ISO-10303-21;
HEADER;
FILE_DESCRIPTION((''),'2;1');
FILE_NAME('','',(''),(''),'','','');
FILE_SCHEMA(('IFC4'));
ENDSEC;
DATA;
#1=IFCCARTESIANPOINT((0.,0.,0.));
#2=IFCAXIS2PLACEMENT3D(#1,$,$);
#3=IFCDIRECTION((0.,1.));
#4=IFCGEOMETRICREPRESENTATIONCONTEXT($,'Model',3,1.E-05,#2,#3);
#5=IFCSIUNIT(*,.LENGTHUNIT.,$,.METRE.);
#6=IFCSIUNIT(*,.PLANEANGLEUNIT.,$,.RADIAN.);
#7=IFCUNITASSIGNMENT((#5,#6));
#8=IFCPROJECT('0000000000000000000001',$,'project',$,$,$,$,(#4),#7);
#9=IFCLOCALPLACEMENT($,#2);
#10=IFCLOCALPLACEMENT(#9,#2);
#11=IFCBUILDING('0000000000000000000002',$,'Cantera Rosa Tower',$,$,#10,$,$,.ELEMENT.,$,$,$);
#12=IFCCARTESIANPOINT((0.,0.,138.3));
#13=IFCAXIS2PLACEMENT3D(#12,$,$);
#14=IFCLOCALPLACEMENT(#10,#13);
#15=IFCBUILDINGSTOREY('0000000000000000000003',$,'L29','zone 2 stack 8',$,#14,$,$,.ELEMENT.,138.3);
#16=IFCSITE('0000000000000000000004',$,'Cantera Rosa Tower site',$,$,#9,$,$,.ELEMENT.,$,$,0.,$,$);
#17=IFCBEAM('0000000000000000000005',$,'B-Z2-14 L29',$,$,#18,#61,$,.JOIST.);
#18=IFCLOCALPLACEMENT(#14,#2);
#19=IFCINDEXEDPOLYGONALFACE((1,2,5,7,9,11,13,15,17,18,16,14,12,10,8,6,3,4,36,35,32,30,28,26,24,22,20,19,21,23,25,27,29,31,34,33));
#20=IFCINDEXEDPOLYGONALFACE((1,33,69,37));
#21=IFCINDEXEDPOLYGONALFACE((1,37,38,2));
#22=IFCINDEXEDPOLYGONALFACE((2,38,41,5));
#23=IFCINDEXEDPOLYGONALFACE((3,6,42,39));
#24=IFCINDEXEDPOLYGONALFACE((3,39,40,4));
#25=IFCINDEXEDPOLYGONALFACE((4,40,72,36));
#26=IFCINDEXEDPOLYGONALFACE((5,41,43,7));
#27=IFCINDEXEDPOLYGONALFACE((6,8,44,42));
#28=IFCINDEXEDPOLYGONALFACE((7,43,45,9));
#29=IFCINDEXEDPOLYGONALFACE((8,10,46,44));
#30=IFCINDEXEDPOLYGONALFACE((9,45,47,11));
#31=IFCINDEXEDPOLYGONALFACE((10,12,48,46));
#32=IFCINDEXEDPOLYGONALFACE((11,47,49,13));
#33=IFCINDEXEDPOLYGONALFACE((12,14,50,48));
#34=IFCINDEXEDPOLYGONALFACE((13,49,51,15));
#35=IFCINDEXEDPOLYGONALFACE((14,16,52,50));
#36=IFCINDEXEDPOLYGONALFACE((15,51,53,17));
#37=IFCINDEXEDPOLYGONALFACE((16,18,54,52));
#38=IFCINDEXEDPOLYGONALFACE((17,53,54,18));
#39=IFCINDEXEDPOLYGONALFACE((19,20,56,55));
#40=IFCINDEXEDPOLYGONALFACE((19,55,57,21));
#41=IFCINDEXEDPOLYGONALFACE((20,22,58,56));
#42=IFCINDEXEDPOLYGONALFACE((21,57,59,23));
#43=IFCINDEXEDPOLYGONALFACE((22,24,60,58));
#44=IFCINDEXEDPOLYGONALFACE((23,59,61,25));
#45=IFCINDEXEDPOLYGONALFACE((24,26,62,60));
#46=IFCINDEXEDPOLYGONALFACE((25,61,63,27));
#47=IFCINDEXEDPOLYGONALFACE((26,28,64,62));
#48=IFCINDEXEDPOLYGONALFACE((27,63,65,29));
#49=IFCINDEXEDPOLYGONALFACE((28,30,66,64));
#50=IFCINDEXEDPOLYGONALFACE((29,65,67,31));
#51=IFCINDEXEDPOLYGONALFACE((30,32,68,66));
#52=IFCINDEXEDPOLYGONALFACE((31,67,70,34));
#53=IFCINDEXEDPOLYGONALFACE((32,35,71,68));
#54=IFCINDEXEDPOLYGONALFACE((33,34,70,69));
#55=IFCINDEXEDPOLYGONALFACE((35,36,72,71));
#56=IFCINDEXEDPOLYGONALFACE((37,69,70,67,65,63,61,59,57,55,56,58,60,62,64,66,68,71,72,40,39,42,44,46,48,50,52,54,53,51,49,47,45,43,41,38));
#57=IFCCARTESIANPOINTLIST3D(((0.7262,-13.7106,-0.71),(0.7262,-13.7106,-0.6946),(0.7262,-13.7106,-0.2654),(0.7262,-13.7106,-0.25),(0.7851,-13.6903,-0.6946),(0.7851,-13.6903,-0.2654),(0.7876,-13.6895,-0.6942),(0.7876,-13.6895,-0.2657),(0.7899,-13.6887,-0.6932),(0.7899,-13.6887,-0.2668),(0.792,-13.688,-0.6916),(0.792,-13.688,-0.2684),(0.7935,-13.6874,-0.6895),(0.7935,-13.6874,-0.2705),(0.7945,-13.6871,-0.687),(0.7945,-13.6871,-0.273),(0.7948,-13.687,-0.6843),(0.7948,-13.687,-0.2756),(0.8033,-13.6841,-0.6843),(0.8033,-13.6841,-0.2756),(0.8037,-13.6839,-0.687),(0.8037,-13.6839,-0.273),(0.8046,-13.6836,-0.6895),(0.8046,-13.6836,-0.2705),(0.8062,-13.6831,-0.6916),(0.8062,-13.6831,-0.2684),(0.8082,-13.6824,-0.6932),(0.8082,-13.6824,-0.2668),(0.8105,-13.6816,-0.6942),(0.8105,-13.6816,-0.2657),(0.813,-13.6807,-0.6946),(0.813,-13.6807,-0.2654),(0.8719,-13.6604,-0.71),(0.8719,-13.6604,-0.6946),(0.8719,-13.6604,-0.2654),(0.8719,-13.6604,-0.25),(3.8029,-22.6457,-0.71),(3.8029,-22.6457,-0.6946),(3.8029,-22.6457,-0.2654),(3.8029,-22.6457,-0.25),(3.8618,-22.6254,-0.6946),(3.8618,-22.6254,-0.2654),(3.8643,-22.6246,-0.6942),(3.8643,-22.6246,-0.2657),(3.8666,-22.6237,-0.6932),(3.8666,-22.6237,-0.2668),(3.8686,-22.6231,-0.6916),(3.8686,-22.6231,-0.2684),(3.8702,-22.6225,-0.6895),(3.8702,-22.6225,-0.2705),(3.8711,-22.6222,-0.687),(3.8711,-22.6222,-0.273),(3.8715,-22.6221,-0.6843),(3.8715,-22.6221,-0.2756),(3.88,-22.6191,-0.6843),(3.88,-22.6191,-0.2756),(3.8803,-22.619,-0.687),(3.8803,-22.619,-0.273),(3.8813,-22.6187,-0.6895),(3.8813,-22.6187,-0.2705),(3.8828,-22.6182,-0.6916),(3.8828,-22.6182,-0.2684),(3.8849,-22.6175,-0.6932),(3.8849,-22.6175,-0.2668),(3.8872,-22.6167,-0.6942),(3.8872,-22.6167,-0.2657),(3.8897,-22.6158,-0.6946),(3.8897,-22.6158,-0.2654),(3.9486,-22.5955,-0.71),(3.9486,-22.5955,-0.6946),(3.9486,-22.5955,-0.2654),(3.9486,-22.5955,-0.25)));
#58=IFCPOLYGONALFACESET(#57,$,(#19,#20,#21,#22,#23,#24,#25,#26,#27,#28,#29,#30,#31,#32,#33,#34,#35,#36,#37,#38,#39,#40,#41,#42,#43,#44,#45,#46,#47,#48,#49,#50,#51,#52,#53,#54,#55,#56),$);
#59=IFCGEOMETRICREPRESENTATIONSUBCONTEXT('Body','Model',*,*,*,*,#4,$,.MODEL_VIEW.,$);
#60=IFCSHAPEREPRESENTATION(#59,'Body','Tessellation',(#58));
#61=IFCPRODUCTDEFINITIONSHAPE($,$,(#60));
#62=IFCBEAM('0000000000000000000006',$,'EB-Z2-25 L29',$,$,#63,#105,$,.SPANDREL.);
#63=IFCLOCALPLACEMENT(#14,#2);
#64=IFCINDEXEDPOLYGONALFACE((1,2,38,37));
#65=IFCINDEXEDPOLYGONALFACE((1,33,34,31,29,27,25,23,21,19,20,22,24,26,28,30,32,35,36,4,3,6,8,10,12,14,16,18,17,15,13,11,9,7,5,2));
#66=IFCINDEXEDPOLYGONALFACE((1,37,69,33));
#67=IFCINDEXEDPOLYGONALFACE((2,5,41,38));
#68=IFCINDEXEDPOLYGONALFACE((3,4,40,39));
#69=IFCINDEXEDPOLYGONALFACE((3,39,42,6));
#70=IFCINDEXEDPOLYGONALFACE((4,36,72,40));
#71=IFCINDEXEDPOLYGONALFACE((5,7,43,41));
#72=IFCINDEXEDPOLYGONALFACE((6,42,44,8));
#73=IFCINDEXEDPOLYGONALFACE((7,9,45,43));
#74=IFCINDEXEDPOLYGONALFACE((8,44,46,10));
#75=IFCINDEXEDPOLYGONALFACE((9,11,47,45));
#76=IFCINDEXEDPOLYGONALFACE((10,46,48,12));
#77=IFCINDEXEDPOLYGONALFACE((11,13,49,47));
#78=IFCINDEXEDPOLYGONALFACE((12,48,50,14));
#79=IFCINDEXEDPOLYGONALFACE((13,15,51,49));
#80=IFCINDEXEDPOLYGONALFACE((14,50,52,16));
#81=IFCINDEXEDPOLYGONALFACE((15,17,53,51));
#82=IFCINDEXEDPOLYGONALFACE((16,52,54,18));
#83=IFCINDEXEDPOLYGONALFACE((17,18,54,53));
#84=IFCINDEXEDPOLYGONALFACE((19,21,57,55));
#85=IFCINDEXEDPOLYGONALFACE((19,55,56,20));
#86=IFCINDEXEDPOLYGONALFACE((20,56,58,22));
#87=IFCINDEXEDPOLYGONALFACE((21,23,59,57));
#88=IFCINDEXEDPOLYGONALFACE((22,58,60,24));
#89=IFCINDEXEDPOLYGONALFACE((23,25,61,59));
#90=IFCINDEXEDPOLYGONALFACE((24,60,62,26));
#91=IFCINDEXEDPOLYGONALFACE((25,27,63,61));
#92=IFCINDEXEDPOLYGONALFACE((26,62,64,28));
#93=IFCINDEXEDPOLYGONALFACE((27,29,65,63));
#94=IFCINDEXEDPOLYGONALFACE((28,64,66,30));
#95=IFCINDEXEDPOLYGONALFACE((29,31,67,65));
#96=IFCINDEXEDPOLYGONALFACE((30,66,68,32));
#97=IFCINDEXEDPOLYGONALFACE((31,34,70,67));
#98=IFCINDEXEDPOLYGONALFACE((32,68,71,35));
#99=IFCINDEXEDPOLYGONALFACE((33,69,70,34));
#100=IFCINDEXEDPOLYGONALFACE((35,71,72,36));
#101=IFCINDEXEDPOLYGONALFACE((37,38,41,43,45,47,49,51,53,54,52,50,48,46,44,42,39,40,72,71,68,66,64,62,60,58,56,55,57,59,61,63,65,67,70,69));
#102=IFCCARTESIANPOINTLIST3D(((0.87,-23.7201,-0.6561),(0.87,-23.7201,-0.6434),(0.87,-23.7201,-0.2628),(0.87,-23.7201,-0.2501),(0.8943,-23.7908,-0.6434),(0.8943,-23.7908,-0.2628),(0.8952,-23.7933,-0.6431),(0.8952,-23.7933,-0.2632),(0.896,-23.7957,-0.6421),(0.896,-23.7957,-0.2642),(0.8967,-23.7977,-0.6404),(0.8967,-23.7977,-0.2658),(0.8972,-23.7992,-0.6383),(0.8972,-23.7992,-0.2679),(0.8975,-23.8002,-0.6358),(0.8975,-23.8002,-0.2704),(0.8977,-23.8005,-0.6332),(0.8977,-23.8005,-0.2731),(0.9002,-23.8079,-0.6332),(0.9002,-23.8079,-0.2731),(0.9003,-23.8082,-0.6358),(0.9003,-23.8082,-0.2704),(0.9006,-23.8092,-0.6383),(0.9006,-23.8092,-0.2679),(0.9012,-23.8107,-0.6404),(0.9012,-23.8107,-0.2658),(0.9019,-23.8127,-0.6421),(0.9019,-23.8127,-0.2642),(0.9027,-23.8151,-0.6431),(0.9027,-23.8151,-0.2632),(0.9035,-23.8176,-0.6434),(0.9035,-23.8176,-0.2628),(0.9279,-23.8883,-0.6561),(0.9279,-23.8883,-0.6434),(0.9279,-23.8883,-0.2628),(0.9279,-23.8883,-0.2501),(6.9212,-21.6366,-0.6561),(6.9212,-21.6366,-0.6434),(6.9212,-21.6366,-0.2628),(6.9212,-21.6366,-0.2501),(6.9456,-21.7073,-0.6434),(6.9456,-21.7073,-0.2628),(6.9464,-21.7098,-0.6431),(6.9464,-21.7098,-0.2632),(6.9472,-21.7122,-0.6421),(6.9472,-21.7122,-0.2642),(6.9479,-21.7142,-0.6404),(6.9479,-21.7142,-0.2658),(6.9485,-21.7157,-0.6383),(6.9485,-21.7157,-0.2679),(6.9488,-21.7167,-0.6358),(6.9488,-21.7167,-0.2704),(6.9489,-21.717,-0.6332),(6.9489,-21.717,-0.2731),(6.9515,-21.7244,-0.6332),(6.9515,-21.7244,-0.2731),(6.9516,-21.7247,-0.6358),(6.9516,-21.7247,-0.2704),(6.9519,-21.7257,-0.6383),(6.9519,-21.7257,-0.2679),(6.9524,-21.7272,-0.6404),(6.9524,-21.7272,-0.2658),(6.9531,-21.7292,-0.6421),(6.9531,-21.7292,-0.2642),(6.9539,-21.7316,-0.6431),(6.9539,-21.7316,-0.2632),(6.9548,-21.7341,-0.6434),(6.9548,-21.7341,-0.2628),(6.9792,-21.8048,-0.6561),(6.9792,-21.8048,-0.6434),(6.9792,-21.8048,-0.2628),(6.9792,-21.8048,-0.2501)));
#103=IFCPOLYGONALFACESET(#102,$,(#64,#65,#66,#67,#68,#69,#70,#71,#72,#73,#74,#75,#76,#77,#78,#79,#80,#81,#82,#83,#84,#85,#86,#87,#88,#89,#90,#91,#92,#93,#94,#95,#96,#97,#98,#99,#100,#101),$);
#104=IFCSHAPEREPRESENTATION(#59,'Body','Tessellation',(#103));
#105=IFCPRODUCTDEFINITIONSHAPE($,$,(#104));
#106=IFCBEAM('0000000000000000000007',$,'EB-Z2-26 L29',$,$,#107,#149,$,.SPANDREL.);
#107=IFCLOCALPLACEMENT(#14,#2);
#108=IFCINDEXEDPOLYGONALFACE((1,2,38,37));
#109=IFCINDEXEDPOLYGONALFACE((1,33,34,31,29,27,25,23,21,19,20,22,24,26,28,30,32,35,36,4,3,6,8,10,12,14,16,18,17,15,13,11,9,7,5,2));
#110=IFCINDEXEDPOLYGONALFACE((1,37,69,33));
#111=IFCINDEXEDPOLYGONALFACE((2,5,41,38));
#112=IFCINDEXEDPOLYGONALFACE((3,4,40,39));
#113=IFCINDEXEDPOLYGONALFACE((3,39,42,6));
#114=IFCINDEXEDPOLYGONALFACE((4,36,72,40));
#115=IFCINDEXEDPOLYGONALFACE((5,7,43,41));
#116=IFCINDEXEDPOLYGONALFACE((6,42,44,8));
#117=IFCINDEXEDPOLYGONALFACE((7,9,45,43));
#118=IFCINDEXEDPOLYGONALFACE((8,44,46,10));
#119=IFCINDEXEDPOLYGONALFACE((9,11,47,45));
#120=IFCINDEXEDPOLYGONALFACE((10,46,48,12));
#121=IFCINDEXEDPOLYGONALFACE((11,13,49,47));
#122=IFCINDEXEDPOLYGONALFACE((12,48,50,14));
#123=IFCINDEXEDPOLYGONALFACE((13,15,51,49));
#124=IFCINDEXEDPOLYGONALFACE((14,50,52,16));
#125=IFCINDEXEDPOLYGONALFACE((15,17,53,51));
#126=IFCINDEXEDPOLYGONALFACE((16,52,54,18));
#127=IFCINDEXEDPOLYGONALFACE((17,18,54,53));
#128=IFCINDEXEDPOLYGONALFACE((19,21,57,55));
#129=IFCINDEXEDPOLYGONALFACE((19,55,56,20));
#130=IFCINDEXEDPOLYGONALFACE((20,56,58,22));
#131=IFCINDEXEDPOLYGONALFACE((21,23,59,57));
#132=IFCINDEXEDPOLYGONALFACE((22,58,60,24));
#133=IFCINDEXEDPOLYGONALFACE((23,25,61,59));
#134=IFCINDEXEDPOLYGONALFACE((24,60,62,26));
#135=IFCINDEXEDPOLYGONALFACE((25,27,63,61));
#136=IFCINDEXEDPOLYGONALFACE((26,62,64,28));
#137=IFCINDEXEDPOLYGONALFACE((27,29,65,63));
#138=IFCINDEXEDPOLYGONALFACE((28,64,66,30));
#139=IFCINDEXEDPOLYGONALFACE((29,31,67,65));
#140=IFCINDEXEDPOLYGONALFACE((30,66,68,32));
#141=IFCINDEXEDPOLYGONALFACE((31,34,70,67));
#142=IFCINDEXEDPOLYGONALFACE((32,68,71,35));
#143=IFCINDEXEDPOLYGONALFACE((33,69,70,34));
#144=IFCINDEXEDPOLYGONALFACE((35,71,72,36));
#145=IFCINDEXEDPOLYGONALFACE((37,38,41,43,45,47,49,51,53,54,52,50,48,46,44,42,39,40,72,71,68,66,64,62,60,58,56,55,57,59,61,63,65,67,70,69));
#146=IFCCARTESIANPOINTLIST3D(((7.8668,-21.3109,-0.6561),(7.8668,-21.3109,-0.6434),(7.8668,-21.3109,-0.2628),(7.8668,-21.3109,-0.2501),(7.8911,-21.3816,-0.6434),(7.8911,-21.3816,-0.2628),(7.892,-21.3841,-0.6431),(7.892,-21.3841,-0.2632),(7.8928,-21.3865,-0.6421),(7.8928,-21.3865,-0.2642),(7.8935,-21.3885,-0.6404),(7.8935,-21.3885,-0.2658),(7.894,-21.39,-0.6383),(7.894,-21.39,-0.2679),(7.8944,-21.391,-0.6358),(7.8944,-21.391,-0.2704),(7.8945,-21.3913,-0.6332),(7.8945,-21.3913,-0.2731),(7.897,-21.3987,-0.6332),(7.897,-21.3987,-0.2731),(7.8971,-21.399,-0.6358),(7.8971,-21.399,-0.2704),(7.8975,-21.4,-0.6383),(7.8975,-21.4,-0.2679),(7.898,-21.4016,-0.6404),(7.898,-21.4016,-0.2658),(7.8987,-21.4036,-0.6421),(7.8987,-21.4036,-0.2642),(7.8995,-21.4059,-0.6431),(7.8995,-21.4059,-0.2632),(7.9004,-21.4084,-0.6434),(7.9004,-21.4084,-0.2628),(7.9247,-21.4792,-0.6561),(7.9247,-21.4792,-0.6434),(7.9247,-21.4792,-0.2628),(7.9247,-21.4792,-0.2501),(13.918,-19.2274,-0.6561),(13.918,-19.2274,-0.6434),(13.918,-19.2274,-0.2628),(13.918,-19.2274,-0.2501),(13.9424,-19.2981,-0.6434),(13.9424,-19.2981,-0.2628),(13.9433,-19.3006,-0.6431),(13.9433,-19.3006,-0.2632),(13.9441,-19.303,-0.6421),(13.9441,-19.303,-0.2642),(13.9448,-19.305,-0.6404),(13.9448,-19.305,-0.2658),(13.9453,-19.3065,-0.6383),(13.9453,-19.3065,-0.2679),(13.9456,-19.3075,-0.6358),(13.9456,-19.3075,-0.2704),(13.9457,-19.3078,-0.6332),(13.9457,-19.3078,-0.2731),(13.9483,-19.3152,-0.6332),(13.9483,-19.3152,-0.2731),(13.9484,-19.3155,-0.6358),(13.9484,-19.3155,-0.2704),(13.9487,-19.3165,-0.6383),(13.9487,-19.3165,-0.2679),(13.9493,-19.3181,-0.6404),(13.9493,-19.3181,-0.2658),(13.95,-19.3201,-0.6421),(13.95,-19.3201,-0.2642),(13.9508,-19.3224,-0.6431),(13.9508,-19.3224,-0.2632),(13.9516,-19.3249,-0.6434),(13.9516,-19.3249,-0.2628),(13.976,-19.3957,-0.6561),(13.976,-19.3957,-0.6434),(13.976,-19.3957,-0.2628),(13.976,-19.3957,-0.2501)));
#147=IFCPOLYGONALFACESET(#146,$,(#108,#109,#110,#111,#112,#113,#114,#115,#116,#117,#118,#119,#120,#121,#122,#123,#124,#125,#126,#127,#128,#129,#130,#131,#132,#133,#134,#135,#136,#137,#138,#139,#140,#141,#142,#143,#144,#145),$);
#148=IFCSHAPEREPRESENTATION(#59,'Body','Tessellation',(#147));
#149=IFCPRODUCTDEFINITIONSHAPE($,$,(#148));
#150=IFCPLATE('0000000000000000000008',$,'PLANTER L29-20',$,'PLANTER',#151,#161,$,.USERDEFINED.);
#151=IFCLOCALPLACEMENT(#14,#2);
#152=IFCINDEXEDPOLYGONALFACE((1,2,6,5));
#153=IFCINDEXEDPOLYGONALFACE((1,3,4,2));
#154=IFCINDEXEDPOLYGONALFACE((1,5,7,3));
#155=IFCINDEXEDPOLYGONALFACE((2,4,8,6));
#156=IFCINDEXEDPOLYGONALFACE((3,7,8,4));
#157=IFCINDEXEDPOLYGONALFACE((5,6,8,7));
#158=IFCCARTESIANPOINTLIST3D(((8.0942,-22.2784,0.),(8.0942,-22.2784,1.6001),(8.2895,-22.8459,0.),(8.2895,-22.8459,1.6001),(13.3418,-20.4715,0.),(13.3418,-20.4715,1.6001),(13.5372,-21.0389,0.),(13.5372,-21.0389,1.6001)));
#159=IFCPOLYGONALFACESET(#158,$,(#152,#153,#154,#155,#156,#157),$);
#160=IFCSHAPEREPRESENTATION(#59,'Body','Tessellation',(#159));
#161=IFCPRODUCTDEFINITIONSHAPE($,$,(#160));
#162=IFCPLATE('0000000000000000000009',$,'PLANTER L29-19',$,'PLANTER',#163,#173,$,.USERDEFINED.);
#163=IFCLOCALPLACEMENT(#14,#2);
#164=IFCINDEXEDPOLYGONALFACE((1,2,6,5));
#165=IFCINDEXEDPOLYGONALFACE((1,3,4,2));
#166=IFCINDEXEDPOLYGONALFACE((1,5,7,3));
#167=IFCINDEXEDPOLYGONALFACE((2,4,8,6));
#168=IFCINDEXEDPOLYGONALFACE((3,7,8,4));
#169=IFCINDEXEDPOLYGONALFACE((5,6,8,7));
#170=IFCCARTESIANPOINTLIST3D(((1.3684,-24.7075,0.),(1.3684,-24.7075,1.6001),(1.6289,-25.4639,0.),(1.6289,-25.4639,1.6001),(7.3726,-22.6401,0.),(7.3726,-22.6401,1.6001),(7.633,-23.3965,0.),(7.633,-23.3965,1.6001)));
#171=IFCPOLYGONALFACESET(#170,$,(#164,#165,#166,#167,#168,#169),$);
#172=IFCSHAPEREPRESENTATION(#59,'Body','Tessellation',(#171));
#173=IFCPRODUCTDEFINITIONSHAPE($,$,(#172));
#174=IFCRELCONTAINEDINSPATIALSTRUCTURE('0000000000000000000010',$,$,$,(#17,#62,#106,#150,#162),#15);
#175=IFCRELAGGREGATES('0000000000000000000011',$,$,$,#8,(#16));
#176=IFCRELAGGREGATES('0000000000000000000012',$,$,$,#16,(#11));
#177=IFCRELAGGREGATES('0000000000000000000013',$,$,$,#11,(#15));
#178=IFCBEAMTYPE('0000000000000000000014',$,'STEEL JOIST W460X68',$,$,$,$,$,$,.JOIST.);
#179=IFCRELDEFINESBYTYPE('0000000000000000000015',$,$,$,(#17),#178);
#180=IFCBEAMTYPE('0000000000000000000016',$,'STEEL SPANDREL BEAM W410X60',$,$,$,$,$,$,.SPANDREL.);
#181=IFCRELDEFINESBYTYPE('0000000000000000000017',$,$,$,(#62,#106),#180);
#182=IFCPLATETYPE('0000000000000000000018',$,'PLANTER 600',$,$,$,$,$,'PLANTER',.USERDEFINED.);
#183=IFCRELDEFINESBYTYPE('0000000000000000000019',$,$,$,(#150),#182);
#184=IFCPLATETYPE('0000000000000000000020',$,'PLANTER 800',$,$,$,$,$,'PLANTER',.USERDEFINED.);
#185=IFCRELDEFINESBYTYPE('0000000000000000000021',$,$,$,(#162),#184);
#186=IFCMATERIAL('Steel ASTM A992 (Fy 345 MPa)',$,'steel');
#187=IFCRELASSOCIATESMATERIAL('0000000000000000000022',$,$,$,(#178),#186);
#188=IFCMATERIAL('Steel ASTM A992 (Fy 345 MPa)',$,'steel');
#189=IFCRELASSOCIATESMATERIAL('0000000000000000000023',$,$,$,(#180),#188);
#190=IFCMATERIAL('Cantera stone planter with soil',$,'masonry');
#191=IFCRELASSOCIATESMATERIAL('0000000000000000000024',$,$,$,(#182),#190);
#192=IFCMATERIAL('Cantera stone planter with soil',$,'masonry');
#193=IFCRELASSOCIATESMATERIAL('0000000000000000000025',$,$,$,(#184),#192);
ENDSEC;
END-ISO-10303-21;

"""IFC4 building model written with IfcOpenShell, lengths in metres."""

from ifc_helpers import new_model, si_unit, direction, frame, origin, origin_2d, place, context, subcontext, project, spatial, rectangle, i_section, extrude, material, material_profile, profile_set, type_object, element, save


model = new_model("IFC4")

# Units and contexts
model_context = context("Model", 3, precision=1e-05, world=origin(), true_north=direction((0.0, 1.0)))
body_context = subcontext(model_context, "Body", "Model", "MODEL_VIEW")
ifc_project = project(units=[si_unit("LENGTHUNIT", "METRE"), si_unit("PLANEANGLEUNIT", "RADIAN")], contexts=[model_context])

# Site, building, storey
site_placement = place(None, origin())
site = spatial("IfcSite", under=ifc_project, at=site_placement, Name="Cantera Rosa Tower site", CompositionType="ELEMENT", RefElevation=0.0)
building_placement = place(site_placement, origin())
building = spatial("IfcBuilding", under=site, at=building_placement, Name="Cantera Rosa Tower", CompositionType="ELEMENT")
storey_placement = place(building_placement, frame((0.0, 0.0, 138.3)))
storey = spatial("IfcBuildingStorey", under=building, at=storey_placement, Name="L29", Description="zone 2 stack 8", CompositionType="ELEMENT", Elevation=138.3)

# Beams
ifc_material_1 = material(Name="Steel ASTM A992 (Fy 345 MPa)", Category="steel")
ifc_material_profile_1 = material_profile(ifc_material_1, i_section(OverallWidth=0.1541, OverallDepth=0.46, WebThickness=0.009, FlangeThickness=0.0154, FilletRadius=0.0103, at=origin_2d()), Name="W460X68")
ifc_profile_set_1 = profile_set([ifc_material_profile_1], Name="Steel ASTM A992 (Fy 345 MPa)")
beam_type_1 = type_object("IfcBeamType", Name="STEEL JOIST W460X68", PredefinedType="JOIST", material=ifc_profile_set_1)
beam_1_placement = place(storey_placement, frame((3.8757, -22.6206, -0.48), z_axis=(-0.325575, 0.945516, 0.0), x_axis=(-0.945516, -0.325575, 0.0)))
element("IfcBeam", 1, at=beam_1_placement, inside=storey, type_object=beam_type_1, Name="B-Z2-14 L29", PredefinedType="JOIST", context=body_context, shape_type="SweptSolid", body=[
    extrude(i_section(OverallWidth=0.1541, OverallDepth=0.46, WebThickness=0.009, FlangeThickness=0.0154, FilletRadius=0.0103, at=origin_2d()), origin(), (0.0, 0.0, 1.0), 9.45),
])
ifc_material_2 = material(Name="Steel ASTM A992 (Fy 345 MPa)", Category="steel")
ifc_material_profile_2 = material_profile(ifc_material_2, i_section(OverallWidth=0.178, OverallDepth=0.406, WebThickness=0.0078, FlangeThickness=0.0127, FilletRadius=0.0103, at=origin_2d()), Name="W410X60")
ifc_profile_set_2 = profile_set([ifc_material_profile_2], Name="Steel ASTM A992 (Fy 345 MPa)")
beam_type_2 = type_object("IfcBeamType", Name="STEEL SPANDREL BEAM W410X60", PredefinedType="SPANDREL", material=ifc_profile_set_2)
for number, where, z_axis, x_axis, name in (
    (2, (0.8989, -23.8042, -0.4531), (0.945524, 0.325551, 0.0), (-0.325551, 0.945524, 0.0), "EB-Z2-25 L29"),
    (3, (7.8958, -21.395, -0.4531), (0.945524, 0.325551, 0.0), (-0.325551, 0.945524, 0.0), "EB-Z2-26 L29"),
):
    element("IfcBeam", number, at=place(storey_placement, frame(where, z_axis=z_axis, x_axis=x_axis)), inside=storey, type_object=beam_type_2, Name=name, PredefinedType="SPANDREL", context=body_context, shape_type="SweptSolid", body=[
        extrude(i_section(OverallWidth=0.178, OverallDepth=0.406, WebThickness=0.0078, FlangeThickness=0.0127, FilletRadius=0.0103, at=origin_2d()), origin(), (0.0, 0.0, 1.0), 6.3999),
    ])

# Plates
ifc_material_3 = material(Name="Cantera stone planter with soil", Category="masonry")
plate_type_1 = type_object("IfcPlateType", Name="PLANTER 600", ElementType="PLANTER", PredefinedType="USERDEFINED", material=ifc_material_3)
plate_1_placement = place(storey_placement, frame((10.8157, -21.6587, 0.0), z_axis=(0.0, 0.0, 1.0), x_axis=(0.945519, 0.325568, 0.0)))
element("IfcPlate", 4, at=plate_1_placement, inside=storey, type_object=plate_type_1, Name="PLANTER L29-20", ObjectType="PLANTER", PredefinedType="USERDEFINED", context=body_context, shape_type="SweptSolid", body=[
    extrude(rectangle(XDim=5.55, YDim=0.6001, at=origin_2d()), origin(), (0.0, 0.0, 1.0), 1.6001),
])
ifc_material_4 = material(Name="Cantera stone planter with soil", Category="masonry")
plate_type_2 = type_object("IfcPlateType", Name="PLANTER 800", ElementType="PLANTER", PredefinedType="USERDEFINED", material=ifc_material_4)
plate_2_placement = place(storey_placement, frame((4.5007, -24.052, 0.0), z_axis=(0.0, 0.0, 1.0), x_axis=(0.945519, 0.325568, 0.0)))
element("IfcPlate", 5, at=plate_2_placement, inside=storey, type_object=plate_type_2, Name="PLANTER L29-19", ObjectType="PLANTER", PredefinedType="USERDEFINED", context=body_context, shape_type="SweptSolid", body=[
    extrude(rectangle(XDim=6.3501, YDim=0.8, at=origin_2d()), origin(), (0.0, 0.0, 1.0), 1.6001),
])

save(model, "model.ifc")
